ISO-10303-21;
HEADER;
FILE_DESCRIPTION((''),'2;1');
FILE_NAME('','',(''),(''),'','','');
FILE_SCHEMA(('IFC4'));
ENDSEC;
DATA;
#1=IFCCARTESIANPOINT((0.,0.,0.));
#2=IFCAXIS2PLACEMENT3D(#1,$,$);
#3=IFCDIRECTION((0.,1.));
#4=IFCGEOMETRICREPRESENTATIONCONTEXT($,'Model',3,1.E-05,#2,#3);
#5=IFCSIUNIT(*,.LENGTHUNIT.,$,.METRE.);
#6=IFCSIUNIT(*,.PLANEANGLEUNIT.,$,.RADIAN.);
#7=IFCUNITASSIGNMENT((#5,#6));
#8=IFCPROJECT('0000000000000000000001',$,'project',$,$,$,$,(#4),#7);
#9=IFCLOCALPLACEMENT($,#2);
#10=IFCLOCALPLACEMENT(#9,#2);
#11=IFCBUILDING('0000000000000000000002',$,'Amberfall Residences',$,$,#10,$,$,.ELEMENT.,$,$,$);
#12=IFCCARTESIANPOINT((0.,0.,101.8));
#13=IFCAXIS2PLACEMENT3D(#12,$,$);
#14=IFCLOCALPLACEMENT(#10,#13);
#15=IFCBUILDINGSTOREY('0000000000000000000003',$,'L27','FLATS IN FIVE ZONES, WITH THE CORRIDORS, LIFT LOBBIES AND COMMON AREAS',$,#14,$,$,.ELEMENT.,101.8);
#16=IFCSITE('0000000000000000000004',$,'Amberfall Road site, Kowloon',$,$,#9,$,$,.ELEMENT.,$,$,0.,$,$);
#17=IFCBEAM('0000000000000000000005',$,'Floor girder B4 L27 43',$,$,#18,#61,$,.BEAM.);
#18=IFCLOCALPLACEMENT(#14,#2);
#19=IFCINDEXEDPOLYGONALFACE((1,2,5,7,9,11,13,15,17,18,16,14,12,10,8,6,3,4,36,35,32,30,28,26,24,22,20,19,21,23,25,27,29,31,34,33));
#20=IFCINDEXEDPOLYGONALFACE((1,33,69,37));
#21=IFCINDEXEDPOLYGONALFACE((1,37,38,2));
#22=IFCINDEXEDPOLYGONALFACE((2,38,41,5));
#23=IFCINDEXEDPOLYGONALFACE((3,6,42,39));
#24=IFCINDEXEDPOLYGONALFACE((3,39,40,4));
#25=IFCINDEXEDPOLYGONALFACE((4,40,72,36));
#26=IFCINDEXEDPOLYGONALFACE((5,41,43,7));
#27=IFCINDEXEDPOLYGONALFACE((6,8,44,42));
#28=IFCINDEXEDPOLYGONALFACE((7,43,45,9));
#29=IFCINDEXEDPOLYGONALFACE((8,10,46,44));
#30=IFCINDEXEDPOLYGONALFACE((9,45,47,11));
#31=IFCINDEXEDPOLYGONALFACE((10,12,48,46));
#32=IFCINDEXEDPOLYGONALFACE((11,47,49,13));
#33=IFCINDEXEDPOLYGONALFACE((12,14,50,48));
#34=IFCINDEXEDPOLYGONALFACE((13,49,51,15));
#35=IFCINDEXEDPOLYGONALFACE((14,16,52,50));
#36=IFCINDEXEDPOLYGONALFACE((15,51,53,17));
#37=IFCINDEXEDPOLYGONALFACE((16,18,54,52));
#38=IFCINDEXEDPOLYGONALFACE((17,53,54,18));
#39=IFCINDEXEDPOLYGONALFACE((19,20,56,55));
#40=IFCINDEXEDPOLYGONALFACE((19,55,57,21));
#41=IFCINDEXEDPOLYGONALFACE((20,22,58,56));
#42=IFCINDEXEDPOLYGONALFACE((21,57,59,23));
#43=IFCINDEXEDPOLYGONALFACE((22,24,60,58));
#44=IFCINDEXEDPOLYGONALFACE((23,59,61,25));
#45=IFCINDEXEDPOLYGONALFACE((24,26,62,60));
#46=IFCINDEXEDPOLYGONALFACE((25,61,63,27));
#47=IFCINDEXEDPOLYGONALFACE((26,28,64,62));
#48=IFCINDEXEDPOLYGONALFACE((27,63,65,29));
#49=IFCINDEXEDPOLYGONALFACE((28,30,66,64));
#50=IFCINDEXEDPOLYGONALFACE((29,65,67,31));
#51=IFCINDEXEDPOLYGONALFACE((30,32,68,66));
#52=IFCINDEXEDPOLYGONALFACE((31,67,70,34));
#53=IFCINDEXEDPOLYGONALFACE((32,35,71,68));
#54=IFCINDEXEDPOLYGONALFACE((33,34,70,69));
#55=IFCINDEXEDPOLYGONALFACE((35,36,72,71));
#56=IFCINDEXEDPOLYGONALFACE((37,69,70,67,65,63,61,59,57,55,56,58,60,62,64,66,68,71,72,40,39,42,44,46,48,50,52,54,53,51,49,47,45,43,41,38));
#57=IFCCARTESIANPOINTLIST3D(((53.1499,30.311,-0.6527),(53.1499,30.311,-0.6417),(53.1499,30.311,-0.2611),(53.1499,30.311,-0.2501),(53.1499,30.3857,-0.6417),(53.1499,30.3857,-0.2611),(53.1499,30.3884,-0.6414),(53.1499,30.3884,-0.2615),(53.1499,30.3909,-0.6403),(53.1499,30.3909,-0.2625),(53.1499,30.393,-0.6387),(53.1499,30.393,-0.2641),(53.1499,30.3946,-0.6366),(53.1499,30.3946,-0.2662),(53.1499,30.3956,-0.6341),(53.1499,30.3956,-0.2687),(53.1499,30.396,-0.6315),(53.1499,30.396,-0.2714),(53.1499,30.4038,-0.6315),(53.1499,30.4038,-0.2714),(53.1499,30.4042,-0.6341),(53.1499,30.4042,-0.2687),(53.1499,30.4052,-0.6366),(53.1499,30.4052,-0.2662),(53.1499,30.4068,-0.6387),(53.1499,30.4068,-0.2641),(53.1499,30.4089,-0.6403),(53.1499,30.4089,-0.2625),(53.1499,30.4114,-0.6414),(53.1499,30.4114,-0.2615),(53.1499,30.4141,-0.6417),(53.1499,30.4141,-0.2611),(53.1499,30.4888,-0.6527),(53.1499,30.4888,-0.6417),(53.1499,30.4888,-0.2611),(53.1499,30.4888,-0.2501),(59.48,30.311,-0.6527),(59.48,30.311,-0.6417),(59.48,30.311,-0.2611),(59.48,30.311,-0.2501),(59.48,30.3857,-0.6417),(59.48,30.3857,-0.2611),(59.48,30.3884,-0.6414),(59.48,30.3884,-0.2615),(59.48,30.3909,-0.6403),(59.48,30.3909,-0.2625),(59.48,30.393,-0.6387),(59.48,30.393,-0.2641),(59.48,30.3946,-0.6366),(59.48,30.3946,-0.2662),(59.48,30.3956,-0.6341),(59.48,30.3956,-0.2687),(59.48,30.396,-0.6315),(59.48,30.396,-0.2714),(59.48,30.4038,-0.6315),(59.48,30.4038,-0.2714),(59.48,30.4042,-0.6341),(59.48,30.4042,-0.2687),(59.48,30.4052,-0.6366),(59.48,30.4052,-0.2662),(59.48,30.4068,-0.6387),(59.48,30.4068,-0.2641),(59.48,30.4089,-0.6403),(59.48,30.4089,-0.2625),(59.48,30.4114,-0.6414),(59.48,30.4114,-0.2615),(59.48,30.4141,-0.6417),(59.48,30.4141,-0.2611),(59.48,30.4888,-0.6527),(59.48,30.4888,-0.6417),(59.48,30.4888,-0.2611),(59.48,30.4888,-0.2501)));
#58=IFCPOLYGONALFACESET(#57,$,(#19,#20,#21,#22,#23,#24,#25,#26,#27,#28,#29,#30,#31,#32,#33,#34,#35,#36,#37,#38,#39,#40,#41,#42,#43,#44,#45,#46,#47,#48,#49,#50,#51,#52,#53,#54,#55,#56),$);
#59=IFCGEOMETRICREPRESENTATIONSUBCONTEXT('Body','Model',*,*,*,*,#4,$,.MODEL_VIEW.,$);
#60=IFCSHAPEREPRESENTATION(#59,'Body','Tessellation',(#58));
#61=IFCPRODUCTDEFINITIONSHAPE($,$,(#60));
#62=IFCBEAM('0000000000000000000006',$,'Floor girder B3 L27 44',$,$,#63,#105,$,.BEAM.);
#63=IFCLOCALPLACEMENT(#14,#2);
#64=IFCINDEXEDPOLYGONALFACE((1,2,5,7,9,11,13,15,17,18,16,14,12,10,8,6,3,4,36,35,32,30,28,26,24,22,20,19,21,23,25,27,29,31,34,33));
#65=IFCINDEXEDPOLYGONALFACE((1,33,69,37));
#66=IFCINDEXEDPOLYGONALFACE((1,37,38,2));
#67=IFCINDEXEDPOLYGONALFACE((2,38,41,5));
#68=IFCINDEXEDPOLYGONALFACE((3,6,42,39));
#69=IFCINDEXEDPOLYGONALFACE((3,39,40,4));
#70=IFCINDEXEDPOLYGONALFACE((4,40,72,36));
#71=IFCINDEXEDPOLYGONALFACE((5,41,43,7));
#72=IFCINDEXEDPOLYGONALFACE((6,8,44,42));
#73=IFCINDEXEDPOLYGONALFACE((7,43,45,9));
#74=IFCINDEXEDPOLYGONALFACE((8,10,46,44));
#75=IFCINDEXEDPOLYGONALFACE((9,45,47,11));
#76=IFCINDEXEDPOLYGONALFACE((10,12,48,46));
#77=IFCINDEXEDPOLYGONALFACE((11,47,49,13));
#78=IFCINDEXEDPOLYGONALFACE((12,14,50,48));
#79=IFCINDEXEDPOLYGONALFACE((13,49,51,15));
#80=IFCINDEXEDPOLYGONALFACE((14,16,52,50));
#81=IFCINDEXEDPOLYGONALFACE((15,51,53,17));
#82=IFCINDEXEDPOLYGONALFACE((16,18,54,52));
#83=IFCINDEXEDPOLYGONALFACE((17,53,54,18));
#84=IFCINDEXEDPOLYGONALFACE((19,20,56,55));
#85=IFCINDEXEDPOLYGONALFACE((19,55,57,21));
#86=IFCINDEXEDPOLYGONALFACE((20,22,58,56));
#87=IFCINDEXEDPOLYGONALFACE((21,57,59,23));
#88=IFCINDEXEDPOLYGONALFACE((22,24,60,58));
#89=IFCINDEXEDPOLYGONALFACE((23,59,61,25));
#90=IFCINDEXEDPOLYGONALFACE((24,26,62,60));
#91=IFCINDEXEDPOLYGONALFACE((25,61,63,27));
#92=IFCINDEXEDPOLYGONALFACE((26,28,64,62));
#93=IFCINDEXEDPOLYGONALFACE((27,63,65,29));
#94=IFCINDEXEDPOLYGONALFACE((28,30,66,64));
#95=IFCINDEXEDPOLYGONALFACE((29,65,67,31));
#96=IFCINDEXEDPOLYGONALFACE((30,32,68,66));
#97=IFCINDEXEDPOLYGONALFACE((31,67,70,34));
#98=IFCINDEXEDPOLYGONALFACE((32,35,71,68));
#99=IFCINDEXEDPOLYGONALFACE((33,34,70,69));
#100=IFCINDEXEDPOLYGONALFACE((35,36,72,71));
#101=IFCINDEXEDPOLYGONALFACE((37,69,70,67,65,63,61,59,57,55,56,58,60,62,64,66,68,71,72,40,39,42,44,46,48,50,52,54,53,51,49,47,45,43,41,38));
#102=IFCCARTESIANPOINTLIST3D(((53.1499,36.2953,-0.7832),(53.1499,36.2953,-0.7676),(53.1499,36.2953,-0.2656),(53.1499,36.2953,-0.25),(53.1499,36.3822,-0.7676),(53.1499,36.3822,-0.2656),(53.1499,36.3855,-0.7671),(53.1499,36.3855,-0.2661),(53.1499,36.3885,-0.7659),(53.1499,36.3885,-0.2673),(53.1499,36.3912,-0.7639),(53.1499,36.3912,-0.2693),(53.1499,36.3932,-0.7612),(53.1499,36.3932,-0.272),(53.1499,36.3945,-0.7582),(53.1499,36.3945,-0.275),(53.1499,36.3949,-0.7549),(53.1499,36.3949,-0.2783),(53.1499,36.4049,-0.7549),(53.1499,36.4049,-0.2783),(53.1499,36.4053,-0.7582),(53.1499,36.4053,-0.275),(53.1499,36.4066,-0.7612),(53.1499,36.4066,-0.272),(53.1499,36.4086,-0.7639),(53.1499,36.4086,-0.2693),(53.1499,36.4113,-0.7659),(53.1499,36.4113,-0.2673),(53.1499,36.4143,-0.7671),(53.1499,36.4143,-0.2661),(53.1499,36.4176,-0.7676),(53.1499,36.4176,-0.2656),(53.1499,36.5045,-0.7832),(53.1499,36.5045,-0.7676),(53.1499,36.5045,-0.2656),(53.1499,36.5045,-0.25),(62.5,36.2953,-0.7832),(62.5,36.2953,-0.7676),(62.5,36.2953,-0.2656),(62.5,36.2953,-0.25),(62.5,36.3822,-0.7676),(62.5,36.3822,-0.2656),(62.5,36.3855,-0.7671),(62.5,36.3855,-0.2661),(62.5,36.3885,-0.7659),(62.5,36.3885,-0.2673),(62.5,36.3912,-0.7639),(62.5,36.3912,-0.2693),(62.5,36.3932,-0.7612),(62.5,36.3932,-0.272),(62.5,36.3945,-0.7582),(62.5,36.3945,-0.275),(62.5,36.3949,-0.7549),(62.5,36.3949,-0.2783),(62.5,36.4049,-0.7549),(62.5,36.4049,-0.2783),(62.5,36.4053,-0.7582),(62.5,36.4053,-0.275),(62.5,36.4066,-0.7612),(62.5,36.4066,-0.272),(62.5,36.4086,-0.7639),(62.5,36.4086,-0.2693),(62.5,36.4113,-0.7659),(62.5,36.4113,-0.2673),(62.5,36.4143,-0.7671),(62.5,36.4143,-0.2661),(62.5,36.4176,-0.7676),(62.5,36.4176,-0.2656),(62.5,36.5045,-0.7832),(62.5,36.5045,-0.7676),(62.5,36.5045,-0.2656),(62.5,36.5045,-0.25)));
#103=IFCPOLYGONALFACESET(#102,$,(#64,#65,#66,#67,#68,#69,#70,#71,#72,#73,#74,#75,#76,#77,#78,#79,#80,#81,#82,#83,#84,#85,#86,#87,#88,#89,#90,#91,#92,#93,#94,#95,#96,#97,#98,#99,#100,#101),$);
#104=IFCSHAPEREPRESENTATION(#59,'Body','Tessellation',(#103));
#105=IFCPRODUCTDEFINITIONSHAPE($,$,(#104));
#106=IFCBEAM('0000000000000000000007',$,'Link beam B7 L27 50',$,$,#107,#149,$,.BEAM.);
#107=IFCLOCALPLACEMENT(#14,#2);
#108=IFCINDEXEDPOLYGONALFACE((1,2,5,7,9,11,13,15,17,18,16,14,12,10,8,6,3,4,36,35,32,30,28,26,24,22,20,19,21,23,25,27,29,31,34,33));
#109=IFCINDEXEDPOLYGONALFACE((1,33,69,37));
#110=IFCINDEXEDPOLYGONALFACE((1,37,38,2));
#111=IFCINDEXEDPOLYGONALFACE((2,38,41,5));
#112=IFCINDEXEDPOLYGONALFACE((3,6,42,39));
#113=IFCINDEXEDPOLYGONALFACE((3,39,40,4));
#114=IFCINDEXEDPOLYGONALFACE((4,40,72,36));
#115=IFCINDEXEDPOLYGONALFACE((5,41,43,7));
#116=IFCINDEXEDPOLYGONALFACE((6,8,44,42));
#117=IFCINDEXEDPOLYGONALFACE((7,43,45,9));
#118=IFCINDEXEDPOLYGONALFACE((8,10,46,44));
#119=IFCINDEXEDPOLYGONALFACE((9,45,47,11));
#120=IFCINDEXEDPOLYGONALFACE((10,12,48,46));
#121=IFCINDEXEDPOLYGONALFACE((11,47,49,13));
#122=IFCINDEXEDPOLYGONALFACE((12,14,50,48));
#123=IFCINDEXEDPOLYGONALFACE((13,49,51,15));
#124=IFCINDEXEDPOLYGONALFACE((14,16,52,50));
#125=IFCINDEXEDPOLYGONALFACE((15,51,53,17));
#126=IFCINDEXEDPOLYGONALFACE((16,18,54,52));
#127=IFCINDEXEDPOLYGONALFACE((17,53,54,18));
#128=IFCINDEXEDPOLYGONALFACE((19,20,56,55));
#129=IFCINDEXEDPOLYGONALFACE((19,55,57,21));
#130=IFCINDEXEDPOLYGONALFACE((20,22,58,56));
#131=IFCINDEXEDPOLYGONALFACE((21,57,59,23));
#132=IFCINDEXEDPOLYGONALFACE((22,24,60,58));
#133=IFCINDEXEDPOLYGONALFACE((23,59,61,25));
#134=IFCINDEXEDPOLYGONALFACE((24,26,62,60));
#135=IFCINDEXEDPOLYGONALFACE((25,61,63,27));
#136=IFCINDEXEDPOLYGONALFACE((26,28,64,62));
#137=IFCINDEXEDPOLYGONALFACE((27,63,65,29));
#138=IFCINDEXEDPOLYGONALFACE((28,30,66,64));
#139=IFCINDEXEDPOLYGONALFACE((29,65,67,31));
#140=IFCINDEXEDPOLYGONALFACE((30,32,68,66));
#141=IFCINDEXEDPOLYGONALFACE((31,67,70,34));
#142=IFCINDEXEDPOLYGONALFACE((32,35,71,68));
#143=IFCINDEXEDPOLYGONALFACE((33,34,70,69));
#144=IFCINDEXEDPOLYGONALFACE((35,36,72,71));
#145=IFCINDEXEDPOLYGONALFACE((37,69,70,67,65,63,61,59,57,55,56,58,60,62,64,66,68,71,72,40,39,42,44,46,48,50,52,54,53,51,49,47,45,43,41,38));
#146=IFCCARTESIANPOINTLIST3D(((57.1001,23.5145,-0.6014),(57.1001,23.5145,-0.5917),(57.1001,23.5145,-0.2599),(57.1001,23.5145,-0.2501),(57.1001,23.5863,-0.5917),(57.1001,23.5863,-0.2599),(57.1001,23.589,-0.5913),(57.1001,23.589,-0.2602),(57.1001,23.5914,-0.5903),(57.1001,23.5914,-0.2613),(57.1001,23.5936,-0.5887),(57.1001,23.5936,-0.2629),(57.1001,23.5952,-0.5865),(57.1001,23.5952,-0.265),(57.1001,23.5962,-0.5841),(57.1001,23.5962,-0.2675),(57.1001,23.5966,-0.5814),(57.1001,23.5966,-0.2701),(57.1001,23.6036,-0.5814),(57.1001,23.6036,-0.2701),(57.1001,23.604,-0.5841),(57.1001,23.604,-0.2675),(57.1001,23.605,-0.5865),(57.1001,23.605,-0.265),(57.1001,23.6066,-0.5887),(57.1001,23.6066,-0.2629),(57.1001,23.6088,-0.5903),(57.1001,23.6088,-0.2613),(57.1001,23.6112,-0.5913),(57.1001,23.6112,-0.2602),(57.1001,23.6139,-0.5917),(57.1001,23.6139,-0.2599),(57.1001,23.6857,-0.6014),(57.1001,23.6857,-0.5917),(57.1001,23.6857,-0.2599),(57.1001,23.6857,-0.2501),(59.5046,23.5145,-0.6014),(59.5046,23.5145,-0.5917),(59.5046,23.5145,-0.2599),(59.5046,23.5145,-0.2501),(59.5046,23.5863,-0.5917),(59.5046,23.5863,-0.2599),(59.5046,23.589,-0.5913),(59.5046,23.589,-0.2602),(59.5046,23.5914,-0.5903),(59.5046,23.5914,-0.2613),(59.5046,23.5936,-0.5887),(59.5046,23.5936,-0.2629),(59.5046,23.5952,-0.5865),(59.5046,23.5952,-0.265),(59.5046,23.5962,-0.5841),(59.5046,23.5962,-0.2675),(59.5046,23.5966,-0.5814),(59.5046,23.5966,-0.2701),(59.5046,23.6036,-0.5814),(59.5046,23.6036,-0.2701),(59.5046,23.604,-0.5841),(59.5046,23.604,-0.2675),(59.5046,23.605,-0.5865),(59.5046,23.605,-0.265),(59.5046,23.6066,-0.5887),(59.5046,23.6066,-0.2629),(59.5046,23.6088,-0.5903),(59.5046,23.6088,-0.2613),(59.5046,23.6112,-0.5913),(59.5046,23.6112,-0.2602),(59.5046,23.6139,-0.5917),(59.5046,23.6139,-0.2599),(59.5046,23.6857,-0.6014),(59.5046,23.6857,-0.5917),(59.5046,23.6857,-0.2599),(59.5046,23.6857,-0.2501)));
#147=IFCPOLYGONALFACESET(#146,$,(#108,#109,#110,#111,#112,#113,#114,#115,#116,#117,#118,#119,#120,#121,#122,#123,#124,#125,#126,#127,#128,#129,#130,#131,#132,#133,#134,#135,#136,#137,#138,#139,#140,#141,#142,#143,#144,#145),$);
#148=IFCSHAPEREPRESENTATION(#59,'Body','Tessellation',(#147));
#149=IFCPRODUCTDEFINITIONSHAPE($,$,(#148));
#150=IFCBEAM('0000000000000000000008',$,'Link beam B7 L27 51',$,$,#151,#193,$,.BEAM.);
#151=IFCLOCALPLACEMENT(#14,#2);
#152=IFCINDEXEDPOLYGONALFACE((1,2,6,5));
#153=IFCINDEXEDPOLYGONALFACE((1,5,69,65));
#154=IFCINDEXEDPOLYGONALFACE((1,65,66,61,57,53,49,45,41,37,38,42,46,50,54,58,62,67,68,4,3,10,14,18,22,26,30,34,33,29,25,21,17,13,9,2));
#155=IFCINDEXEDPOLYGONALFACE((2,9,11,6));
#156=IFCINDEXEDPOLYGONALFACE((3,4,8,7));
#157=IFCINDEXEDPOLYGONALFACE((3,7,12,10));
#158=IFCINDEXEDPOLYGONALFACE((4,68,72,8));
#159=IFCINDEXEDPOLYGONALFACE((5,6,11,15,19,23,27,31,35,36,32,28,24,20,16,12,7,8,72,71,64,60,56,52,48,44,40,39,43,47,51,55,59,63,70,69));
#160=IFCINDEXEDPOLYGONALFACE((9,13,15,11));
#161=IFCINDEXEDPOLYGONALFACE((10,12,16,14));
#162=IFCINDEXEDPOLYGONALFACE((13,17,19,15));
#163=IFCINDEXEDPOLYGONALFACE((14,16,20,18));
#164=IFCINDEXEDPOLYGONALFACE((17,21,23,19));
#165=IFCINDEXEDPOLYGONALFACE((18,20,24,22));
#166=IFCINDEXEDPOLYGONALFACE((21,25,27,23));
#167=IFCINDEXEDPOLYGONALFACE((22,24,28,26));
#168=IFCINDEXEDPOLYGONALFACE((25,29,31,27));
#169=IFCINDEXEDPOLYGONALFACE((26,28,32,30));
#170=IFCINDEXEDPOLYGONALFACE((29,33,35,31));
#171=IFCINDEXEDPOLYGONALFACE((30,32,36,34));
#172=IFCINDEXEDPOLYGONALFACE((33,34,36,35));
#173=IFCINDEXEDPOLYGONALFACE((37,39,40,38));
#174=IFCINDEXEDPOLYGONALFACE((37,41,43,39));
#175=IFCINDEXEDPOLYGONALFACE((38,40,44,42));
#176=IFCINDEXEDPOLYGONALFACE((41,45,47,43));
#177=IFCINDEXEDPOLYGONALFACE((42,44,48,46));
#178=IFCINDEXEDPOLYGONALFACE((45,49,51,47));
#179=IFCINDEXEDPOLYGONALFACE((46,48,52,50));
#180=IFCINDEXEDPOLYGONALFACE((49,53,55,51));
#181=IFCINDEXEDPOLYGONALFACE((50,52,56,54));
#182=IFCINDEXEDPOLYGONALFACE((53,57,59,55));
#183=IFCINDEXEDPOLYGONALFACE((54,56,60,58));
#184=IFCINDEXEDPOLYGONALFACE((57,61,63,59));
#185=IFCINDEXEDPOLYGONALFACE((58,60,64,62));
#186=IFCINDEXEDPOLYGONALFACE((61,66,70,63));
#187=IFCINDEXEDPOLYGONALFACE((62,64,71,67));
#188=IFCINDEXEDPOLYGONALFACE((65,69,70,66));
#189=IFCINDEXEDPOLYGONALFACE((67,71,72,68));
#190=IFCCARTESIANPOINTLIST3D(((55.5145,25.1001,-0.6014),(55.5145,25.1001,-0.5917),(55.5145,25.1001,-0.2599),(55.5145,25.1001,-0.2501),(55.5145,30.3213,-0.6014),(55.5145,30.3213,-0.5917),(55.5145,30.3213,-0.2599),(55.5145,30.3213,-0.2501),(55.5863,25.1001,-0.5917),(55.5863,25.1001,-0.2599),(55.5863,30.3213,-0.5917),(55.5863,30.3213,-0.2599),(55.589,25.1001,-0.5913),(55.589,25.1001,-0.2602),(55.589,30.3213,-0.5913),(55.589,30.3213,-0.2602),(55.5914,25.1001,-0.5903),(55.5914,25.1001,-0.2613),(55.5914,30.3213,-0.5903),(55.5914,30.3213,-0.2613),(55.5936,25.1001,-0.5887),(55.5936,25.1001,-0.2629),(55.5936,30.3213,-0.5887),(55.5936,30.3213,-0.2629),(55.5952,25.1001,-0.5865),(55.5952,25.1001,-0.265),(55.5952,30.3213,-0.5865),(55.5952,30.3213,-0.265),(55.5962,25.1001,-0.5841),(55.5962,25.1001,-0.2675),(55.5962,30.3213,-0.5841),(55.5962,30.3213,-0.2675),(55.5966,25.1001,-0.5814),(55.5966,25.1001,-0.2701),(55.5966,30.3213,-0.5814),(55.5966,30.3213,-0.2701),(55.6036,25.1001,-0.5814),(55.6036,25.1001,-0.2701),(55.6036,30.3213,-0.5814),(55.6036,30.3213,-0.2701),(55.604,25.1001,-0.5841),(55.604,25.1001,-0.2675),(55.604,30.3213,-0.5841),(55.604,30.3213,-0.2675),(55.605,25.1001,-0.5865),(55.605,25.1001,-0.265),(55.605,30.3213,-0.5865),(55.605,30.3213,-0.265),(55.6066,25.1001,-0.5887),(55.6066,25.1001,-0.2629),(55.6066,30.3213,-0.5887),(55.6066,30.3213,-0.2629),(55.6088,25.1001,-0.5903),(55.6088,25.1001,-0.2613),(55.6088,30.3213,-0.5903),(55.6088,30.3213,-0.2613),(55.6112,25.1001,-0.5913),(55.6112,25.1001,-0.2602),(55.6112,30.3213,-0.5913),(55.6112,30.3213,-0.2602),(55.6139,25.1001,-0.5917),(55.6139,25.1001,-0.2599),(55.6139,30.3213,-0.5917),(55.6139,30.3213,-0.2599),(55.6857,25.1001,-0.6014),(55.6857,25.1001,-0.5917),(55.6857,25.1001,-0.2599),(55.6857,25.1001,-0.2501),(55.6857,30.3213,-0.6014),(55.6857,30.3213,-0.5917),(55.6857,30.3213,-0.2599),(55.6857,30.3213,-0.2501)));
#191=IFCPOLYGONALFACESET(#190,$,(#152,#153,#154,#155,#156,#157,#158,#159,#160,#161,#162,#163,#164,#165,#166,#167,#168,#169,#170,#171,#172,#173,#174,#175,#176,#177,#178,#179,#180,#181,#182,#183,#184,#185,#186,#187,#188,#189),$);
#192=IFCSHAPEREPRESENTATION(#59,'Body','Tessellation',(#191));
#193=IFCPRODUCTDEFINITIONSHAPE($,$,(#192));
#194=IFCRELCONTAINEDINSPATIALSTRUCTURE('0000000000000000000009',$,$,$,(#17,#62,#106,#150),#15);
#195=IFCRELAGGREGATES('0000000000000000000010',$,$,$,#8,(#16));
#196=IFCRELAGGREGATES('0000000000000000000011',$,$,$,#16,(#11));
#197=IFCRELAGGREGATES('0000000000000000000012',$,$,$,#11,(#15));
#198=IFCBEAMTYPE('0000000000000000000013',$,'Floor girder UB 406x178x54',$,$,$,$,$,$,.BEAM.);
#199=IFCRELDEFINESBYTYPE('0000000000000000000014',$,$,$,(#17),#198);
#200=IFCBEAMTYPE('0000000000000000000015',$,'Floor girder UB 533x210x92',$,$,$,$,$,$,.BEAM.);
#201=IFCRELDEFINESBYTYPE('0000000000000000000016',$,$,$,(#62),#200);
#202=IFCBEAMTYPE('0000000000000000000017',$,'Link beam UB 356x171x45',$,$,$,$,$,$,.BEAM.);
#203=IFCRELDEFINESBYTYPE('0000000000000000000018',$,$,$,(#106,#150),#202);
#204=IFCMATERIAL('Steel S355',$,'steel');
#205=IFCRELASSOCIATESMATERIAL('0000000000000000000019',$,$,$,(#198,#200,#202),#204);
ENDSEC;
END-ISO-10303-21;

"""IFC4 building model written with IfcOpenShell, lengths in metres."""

from ifc_helpers import new_model, si_unit, direction, frame, origin, origin_2d, place, context, subcontext, project, spatial, i_section, extrude, material, material_profile, profile_set, type_object, element, save


model = new_model("IFC4")

# Units and contexts
model_context = context("Model", 3, precision=1e-05, world=origin(), true_north=direction((0.0, 1.0)))
body_context = subcontext(model_context, "Body", "Model", "MODEL_VIEW")
ifc_project = project(units=[si_unit("LENGTHUNIT", "METRE"), si_unit("PLANEANGLEUNIT", "RADIAN")], contexts=[model_context])

# Site, building, storey
site_placement = place(None, origin())
site = spatial("IfcSite", under=ifc_project, at=site_placement, Name="Amberfall Road site, Kowloon", CompositionType="ELEMENT", RefElevation=0.0)
building_placement = place(site_placement, origin())
building = spatial("IfcBuilding", under=site, at=building_placement, Name="Amberfall Residences", CompositionType="ELEMENT")
storey_placement = place(building_placement, frame((0.0, 0.0, 101.8)))
storey = spatial("IfcBuildingStorey", under=building, at=storey_placement, Name="L27", Description="FLATS IN FIVE ZONES, WITH THE CORRIDORS, LIFT LOBBIES AND COMMON AREAS", CompositionType="ELEMENT", Elevation=101.8)

# Beams
ifc_material_1 = material(Name="Steel S355", Category="steel")
ifc_material_profile_1 = material_profile(ifc_material_1, i_section(OverallWidth=0.1777, OverallDepth=0.4026, WebThickness=0.0078, FlangeThickness=0.011, FilletRadius=0.0103, at=origin_2d()), Name="UB 406x178x54")
ifc_profile_set_1 = profile_set([ifc_material_profile_1], Name="Steel S355")
beam_type_1 = type_object("IfcBeamType", Name="Floor girder UB 406x178x54", PredefinedType="BEAM", material=ifc_profile_set_1)
beam_1_placement = place(storey_placement, frame((53.1499, 30.3999, -0.4514), z_axis=(1.0, 0.0, 0.0), x_axis=(0.0, 1.0, 0.0)))
element("IfcBeam", 1, at=beam_1_placement, inside=storey, type_object=beam_type_1, Name="Floor girder B4 L27 43", PredefinedType="BEAM", context=body_context, shape_type="SweptSolid", body=[
    extrude(i_section(OverallWidth=0.1777, OverallDepth=0.4026, WebThickness=0.0078, FlangeThickness=0.011, FilletRadius=0.0103, at=origin_2d()), origin(), (0.0, 0.0, 1.0), 6.3301),
])
ifc_material_profile_2 = material_profile(ifc_material_1, i_section(OverallWidth=0.2092, OverallDepth=0.5332, WebThickness=0.01, FlangeThickness=0.0156, FilletRadius=0.0127, at=origin_2d()), Name="UB 533x210x92")
ifc_profile_set_2 = profile_set([ifc_material_profile_2], Name="Steel S355")
beam_type_2 = type_object("IfcBeamType", Name="Floor girder UB 533x210x92", PredefinedType="BEAM", material=ifc_profile_set_2)
beam_2_placement = place(storey_placement, frame((53.1499, 36.3999, -0.5166), z_axis=(1.0, 0.0, 0.0), x_axis=(0.0, 1.0, 0.0)))
element("IfcBeam", 2, at=beam_2_placement, inside=storey, type_object=beam_type_2, Name="Floor girder B3 L27 44", PredefinedType="BEAM", context=body_context, shape_type="SweptSolid", body=[
    extrude(i_section(OverallWidth=0.2092, OverallDepth=0.5332, WebThickness=0.01, FlangeThickness=0.0156, FilletRadius=0.0127, at=origin_2d()), origin(), (0.0, 0.0, 1.0), 9.3501),
])
ifc_material_profile_3 = material_profile(ifc_material_1, i_section(OverallWidth=0.1711, OverallDepth=0.3513, WebThickness=0.0071, FlangeThickness=0.0098, FilletRadius=0.0103, at=origin_2d()), Name="UB 356x171x45")
ifc_profile_set_3 = profile_set([ifc_material_profile_3], Name="Steel S355")
beam_type_3 = type_object("IfcBeamType", Name="Link beam UB 356x171x45", PredefinedType="BEAM", material=ifc_profile_set_3)
beam_3_placement = place(storey_placement, frame((57.1001, 23.6001, -0.4258), z_axis=(1.0, 0.0, 0.0), x_axis=(0.0, 1.0, 0.0)))
element("IfcBeam", 3, at=beam_3_placement, inside=storey, type_object=beam_type_3, Name="Link beam B7 L27 50", PredefinedType="BEAM", context=body_context, shape_type="SweptSolid", body=[
    extrude(i_section(OverallWidth=0.1711, OverallDepth=0.3513, WebThickness=0.0071, FlangeThickness=0.0098, FilletRadius=0.0103, at=origin_2d()), origin(), (0.0, 0.0, 1.0), 2.4045),
])
beam_4_placement = place(storey_placement, frame((55.6001, 25.1001, -0.4258), z_axis=(0.0, 1.0, 0.0), x_axis=(-1.0, 0.0, 0.0)))
element("IfcBeam", 4, at=beam_4_placement, inside=storey, type_object=beam_type_3, Name="Link beam B7 L27 51", PredefinedType="BEAM", context=body_context, shape_type="SweptSolid", body=[
    extrude(i_section(OverallWidth=0.1711, OverallDepth=0.3513, WebThickness=0.0071, FlangeThickness=0.0098, FilletRadius=0.0103, at=origin_2d()), origin(), (0.0, 0.0, 1.0), 5.2212),
])

save(model, "model.ifc")
